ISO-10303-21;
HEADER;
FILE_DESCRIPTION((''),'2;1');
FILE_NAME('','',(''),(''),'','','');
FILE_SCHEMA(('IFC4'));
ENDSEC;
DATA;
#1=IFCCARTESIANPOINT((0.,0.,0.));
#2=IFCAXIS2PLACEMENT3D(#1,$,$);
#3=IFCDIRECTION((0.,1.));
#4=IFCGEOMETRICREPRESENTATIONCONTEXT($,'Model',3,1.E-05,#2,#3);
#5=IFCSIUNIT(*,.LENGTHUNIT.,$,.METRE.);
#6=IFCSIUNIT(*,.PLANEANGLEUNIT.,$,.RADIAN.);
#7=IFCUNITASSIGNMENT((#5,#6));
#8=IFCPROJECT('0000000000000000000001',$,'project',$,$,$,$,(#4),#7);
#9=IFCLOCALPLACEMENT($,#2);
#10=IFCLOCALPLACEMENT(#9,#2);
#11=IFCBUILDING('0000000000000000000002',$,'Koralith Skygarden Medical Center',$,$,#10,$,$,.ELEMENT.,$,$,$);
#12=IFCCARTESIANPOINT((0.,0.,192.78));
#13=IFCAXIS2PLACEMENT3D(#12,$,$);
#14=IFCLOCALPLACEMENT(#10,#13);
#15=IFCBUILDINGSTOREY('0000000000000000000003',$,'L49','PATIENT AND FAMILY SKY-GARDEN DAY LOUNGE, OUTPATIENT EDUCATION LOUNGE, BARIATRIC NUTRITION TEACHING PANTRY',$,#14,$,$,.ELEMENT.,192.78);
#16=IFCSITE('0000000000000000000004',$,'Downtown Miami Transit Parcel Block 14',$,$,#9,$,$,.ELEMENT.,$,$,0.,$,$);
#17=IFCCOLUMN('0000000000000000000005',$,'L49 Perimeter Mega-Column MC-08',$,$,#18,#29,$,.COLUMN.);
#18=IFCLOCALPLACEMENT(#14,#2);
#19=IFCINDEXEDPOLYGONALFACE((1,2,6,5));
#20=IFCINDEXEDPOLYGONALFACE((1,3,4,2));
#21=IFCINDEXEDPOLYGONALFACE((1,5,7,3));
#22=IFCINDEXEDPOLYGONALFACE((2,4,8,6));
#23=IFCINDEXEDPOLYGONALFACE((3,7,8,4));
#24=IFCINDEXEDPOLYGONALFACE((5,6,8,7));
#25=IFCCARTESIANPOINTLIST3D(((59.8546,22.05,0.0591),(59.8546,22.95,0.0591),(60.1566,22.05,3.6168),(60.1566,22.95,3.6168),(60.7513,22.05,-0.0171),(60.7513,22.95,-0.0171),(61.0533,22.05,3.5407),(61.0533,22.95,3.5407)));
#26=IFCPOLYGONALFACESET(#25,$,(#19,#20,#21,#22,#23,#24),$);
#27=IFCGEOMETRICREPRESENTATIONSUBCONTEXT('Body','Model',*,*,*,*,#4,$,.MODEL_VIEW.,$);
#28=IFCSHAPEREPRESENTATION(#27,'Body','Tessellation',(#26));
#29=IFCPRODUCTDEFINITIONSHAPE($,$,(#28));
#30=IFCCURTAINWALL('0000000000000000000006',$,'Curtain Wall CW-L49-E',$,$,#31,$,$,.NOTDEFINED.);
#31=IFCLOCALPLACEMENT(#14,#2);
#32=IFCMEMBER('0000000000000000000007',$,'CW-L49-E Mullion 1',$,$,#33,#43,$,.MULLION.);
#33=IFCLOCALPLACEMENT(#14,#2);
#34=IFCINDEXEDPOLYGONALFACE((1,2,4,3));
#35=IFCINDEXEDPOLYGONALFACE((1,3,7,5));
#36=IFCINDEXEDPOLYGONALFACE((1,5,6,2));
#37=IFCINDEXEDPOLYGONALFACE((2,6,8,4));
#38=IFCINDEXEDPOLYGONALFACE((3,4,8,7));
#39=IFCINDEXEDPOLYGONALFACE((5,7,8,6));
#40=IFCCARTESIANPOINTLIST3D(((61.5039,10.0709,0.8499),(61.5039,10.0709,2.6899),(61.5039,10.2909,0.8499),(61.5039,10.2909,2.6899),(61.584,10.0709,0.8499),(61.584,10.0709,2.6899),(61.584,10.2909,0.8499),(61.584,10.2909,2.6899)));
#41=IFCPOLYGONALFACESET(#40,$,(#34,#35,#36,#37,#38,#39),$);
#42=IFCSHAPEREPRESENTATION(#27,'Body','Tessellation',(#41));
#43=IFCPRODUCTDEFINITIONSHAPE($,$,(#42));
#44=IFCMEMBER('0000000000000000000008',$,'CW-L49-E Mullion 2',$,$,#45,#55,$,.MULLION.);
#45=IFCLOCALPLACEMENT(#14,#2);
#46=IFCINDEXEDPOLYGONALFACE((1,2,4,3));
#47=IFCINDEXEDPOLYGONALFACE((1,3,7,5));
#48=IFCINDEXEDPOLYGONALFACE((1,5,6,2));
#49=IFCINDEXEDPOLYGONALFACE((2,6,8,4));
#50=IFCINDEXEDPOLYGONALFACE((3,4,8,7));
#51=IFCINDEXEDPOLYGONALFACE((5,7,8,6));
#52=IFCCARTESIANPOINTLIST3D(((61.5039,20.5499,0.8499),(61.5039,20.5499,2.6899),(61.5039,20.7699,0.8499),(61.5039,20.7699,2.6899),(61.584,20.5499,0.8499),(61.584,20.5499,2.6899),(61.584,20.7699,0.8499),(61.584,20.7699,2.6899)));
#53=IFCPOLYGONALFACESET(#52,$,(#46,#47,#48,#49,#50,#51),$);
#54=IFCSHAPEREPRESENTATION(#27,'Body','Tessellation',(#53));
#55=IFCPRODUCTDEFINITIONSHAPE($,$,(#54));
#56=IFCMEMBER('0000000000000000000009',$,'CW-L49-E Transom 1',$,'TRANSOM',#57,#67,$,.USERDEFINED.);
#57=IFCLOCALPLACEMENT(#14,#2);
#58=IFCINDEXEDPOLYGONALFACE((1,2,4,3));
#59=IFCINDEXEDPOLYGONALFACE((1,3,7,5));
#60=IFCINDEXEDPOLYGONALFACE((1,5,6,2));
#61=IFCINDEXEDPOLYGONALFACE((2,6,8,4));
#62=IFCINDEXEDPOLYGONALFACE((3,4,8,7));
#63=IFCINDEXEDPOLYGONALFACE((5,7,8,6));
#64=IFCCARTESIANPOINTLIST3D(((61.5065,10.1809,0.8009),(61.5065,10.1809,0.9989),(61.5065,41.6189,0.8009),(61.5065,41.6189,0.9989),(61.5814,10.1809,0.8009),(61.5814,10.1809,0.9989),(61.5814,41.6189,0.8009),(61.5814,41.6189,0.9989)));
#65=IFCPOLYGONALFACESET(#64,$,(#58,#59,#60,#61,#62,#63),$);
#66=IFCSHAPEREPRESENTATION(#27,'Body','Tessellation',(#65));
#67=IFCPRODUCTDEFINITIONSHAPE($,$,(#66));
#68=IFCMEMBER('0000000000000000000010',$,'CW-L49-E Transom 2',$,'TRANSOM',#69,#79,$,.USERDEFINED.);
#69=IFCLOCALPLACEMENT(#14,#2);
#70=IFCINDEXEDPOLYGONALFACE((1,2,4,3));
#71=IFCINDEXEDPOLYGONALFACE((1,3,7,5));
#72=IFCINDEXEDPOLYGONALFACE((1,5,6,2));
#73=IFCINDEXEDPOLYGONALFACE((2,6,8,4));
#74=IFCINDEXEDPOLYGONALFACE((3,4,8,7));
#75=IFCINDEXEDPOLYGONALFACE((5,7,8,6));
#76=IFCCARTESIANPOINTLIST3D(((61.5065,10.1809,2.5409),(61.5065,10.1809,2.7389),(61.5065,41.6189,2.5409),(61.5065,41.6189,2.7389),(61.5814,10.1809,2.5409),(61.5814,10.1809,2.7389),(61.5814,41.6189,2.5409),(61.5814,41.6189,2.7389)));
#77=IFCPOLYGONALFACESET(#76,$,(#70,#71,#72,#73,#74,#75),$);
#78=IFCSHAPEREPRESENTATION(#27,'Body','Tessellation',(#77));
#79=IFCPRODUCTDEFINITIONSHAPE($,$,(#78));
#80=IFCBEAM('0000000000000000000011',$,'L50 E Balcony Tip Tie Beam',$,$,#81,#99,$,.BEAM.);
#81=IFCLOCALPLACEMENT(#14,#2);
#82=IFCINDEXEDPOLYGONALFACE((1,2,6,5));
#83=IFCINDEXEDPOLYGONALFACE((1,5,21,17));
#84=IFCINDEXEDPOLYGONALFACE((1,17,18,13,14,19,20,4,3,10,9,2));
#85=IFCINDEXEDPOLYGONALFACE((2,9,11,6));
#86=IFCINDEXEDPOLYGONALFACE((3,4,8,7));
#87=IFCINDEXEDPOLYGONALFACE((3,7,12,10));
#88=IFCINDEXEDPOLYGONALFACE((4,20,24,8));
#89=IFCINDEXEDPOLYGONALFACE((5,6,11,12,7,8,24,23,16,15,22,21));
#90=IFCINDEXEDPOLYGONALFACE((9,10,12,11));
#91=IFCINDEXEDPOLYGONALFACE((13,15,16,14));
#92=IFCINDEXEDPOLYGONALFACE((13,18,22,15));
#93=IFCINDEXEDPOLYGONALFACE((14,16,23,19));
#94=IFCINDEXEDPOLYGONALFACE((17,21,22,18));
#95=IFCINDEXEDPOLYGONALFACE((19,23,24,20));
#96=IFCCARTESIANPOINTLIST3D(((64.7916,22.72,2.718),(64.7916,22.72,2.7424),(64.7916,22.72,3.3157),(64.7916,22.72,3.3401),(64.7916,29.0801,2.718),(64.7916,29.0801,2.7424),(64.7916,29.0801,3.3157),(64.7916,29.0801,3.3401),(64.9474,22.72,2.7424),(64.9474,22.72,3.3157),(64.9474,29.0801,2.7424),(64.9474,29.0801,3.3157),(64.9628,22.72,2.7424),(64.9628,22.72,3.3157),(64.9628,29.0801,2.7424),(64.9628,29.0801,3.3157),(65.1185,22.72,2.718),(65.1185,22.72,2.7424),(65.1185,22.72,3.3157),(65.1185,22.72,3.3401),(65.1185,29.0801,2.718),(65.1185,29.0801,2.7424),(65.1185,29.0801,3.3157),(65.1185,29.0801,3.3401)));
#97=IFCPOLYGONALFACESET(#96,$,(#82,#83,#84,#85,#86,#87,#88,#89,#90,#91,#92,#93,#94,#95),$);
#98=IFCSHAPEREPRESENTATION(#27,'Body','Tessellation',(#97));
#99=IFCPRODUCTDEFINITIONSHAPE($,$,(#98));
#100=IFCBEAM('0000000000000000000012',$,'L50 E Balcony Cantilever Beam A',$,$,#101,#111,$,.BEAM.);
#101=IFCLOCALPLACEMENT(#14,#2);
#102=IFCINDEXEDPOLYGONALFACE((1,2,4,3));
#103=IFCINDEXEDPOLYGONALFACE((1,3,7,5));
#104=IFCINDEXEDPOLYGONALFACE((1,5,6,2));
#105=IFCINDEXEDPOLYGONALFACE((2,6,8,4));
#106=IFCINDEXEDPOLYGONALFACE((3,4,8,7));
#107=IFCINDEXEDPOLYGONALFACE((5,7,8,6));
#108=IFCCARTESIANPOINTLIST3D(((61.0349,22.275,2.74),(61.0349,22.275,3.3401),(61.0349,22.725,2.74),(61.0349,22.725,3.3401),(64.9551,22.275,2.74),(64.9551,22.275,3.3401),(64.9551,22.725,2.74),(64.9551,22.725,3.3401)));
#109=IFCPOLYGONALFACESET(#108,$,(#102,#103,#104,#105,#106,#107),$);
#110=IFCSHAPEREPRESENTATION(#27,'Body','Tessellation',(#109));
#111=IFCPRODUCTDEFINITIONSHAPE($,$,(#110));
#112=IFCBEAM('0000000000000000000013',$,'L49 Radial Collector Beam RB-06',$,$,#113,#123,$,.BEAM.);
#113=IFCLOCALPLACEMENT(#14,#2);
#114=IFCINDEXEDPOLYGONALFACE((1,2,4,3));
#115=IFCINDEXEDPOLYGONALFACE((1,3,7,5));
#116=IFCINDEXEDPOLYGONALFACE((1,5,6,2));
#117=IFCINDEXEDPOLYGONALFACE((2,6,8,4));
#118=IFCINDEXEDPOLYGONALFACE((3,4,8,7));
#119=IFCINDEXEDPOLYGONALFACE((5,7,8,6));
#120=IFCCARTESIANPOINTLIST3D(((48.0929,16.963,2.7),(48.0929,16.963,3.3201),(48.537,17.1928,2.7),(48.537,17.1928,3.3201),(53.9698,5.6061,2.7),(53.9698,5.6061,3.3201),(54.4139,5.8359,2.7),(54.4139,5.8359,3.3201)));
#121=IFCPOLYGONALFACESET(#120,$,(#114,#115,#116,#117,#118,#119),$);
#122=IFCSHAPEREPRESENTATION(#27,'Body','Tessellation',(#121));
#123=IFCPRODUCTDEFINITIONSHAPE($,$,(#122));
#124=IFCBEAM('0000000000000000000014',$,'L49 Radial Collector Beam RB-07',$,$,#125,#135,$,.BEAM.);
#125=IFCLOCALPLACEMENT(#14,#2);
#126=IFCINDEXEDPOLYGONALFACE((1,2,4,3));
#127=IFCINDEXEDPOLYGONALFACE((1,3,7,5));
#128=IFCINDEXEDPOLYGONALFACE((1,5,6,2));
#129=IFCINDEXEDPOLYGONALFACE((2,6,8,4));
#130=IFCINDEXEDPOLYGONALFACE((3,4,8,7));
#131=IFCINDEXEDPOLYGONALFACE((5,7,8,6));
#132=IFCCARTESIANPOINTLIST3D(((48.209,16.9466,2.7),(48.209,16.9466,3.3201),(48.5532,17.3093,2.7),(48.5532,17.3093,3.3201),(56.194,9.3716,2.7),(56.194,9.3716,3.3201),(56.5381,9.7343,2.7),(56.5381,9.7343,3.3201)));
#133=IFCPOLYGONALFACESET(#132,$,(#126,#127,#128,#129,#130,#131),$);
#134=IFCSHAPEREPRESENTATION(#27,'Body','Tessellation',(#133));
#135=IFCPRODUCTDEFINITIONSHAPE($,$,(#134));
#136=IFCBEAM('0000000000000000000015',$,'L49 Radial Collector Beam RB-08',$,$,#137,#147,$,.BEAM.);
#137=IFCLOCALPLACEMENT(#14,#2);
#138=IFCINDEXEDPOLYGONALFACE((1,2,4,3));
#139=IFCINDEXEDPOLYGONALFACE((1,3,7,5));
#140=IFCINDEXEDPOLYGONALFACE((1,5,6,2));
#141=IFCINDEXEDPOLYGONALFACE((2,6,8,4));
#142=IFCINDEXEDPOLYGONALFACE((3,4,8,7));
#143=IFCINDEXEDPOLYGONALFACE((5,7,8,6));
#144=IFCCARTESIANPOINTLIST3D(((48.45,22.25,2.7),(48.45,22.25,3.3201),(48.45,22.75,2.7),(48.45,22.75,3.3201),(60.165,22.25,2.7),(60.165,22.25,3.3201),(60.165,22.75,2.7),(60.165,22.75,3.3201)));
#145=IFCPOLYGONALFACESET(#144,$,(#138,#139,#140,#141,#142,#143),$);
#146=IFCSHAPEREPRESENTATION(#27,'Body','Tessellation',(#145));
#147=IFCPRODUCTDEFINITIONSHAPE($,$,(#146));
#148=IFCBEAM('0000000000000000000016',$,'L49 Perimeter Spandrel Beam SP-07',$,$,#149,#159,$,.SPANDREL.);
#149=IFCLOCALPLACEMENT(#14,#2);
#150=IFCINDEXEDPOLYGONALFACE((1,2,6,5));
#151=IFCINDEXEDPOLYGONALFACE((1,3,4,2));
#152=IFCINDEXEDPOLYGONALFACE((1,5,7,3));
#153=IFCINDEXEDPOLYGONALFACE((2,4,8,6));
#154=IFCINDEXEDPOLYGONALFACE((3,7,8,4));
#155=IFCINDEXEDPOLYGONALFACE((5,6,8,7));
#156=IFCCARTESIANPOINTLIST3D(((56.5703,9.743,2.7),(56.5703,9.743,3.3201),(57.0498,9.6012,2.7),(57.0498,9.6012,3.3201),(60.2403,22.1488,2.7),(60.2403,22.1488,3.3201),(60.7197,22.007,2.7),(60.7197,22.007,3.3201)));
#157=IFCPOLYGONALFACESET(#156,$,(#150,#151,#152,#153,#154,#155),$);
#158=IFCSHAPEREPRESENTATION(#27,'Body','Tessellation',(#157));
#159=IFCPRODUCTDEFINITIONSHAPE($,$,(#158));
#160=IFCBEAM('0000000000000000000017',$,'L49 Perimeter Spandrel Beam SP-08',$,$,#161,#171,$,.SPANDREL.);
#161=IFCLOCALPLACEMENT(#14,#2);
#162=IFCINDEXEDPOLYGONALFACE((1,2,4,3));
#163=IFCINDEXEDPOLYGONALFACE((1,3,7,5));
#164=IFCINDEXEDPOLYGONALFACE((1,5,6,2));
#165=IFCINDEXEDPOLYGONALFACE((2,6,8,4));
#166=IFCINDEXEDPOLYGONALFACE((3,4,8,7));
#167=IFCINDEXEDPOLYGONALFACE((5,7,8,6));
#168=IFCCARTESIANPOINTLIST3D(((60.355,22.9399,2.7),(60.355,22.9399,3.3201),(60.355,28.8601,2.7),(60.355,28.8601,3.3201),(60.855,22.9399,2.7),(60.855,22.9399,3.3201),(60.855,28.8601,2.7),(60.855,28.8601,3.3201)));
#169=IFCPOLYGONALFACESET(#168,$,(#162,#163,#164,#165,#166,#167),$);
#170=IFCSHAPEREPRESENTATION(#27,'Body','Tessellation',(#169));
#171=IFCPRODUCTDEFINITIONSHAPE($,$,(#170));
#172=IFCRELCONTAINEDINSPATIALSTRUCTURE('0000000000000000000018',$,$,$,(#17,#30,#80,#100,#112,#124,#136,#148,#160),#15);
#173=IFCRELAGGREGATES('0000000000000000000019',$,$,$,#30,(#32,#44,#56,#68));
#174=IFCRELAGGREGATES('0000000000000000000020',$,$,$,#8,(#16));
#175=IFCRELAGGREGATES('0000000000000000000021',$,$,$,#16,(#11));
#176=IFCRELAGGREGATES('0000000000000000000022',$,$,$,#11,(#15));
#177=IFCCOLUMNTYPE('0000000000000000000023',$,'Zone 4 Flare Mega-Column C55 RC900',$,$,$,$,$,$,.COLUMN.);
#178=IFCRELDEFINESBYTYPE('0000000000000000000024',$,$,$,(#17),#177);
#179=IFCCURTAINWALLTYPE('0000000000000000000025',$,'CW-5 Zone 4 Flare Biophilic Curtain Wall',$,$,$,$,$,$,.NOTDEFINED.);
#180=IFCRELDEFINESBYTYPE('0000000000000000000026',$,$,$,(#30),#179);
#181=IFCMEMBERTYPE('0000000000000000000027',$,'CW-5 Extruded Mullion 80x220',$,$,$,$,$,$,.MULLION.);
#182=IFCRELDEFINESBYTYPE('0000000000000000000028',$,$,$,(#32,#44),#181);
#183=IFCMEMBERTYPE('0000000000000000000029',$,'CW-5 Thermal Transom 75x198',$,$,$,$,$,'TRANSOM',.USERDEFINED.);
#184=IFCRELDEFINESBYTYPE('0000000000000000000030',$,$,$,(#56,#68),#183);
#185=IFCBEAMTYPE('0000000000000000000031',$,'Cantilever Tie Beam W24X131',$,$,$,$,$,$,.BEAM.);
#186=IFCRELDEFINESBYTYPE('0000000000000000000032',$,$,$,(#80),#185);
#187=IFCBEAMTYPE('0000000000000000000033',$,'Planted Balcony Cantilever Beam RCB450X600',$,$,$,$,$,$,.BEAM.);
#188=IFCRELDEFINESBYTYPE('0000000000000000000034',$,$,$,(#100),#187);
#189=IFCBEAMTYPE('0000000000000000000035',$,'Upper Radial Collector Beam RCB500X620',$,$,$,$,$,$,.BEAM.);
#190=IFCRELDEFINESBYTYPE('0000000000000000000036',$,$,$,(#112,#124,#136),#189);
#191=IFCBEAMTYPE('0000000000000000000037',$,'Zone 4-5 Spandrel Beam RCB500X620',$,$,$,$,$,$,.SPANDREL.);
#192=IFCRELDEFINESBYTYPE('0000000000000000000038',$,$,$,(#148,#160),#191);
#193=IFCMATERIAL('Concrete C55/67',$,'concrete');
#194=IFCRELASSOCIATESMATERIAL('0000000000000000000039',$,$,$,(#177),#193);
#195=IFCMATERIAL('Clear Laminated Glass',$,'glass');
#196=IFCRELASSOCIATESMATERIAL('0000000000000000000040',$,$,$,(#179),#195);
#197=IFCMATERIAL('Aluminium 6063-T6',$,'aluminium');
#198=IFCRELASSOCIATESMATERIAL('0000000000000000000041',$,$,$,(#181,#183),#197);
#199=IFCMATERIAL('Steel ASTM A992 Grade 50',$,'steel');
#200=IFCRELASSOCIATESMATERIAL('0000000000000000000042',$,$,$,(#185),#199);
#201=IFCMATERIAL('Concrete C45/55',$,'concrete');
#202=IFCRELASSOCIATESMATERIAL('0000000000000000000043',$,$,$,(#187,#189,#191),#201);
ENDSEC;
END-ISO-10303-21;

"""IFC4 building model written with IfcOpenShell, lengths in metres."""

from ifc_helpers import new_model, si_unit, direction, frame, origin, origin_2d, place, context, subcontext, project, spatial, rectangle, i_section, extrude, material, material_profile, profile_set, type_object, element, aggregate, save


model = new_model("IFC4")

# Units and contexts
model_context = context("Model", 3, precision=1e-05, world=origin(), true_north=direction((0.0, 1.0)))
body_context = subcontext(model_context, "Body", "Model", "MODEL_VIEW")
ifc_project = project(units=[si_unit("LENGTHUNIT", "METRE"), si_unit("PLANEANGLEUNIT", "RADIAN")], contexts=[model_context])

# Site, building, storey
site_placement = place(None, origin())
site = spatial("IfcSite", under=ifc_project, at=site_placement, Name="Downtown Miami Transit Parcel Block 14", CompositionType="ELEMENT", RefElevation=0.0)
building_placement = place(site_placement, origin())
building = spatial("IfcBuilding", under=site, at=building_placement, Name="Koralith Skygarden Medical Center", CompositionType="ELEMENT")
storey_placement = place(building_placement, frame((0.0, 0.0, 192.78)))
storey = spatial("IfcBuildingStorey", under=building, at=storey_placement, Name="L49", Description="PATIENT AND FAMILY SKY-GARDEN DAY LOUNGE, OUTPATIENT EDUCATION LOUNGE, BARIATRIC NUTRITION TEACHING PANTRY", CompositionType="ELEMENT", Elevation=192.78)

# Column
ifc_material_1 = material(Name="Concrete C55/67", Category="concrete")
ifc_material_profile_1 = material_profile(ifc_material_1, rectangle(XDim=0.8999, YDim=0.8999, at=origin_2d()), Name="RC900X900")
ifc_profile_set_1 = profile_set([ifc_material_profile_1], Name="Concrete C55/67")
column_type = type_object("IfcColumnType", Name="Zone 4 Flare Mega-Column C55 RC900", PredefinedType="COLUMN", material=ifc_profile_set_1)
column_placement = place(storey_placement, frame((60.303, 22.5, 0.021), z_axis=(0.084579, 0.0, 0.996417), x_axis=(0.0, 1.0, 0.0)))
element("IfcColumn", 1, at=column_placement, inside=storey, type_object=column_type, Name="L49 Perimeter Mega-Column MC-08", PredefinedType="COLUMN", context=body_context, shape_type="SweptSolid", body=[
    extrude(rectangle(XDim=0.8999, YDim=0.8999, at=origin_2d()), origin(), (0.0, 0.0, 1.0), 3.5706),
])

# Curtain wall, members
ifc_material_2 = material(Name="Clear Laminated Glass", Category="glass")
curtain_wall_type = type_object("IfcCurtainWallType", Name="CW-5 Zone 4 Flare Biophilic Curtain Wall", PredefinedType="NOTDEFINED", material=ifc_material_2)
curtain_wall_placement = place(storey_placement, origin())
curtain_wall = element("IfcCurtainWall", 2, at=curtain_wall_placement, inside=storey, type_object=curtain_wall_type, Name="Curtain Wall CW-L49-E", PredefinedType="NOTDEFINED")
ifc_material_3 = material(Name="Aluminium 6063-T6", Category="aluminium")
ifc_material_profile_2 = material_profile(ifc_material_3, rectangle(XDim=0.0801, YDim=0.22, at=origin_2d()), Name="MUL80X220")
ifc_profile_set_2 = profile_set([ifc_material_profile_2], Name="Aluminium 6063-T6")
member_type_1 = type_object("IfcMemberType", Name="CW-5 Extruded Mullion 80x220", PredefinedType="MULLION", material=ifc_profile_set_2)
member_1_placement = place(storey_placement, frame((61.5439, 10.1809, 0.8499), z_axis=(0.0, 0.0, 1.0), x_axis=(1.0, 0.0, 0.0)))
member_1 = element("IfcMember", 3, at=member_1_placement, type_object=member_type_1, Name="CW-L49-E Mullion 1", PredefinedType="MULLION", context=body_context, shape_type="SweptSolid", body=[
    extrude(rectangle(XDim=0.0801, YDim=0.22, at=origin_2d()), origin(), (0.0, 0.0, 1.0), 1.8401),
])
member_2_placement = place(storey_placement, frame((61.5439, 20.6599, 0.8499), z_axis=(0.0, 0.0, 1.0), x_axis=(1.0, 0.0, 0.0)))
member_2 = element("IfcMember", 4, at=member_2_placement, type_object=member_type_1, Name="CW-L49-E Mullion 2", PredefinedType="MULLION", context=body_context, shape_type="SweptSolid", body=[
    extrude(rectangle(XDim=0.0801, YDim=0.22, at=origin_2d()), origin(), (0.0, 0.0, 1.0), 1.8401),
])
ifc_material_profile_3 = material_profile(ifc_material_3, rectangle(XDim=0.075, YDim=0.198, at=origin_2d()), Name="TRN75X198")
ifc_profile_set_3 = profile_set([ifc_material_profile_3], Name="Aluminium 6063-T6")
member_type_2 = type_object("IfcMemberType", Name="CW-5 Thermal Transom 75x198", ElementType="TRANSOM", PredefinedType="USERDEFINED", material=ifc_profile_set_3)
member_3_placement = place(storey_placement, frame((61.5439, 10.1809, 0.8999), z_axis=(0.0, 1.0, 0.0), x_axis=(-1.0, 0.0, 0.0)))
member_3 = element("IfcMember", 5, at=member_3_placement, type_object=member_type_2, Name="CW-L49-E Transom 1", ObjectType="TRANSOM", PredefinedType="USERDEFINED", context=body_context, shape_type="SweptSolid", body=[
    extrude(rectangle(XDim=0.075, YDim=0.198, at=origin_2d()), origin(), (0.0, 0.0, 1.0), 31.438),
])
member_4_placement = place(storey_placement, frame((61.5439, 10.1809, 2.6399), z_axis=(0.0, 1.0, 0.0), x_axis=(-1.0, 0.0, 0.0)))
member_4 = element("IfcMember", 6, at=member_4_placement, type_object=member_type_2, Name="CW-L49-E Transom 2", ObjectType="TRANSOM", PredefinedType="USERDEFINED", context=body_context, shape_type="SweptSolid", body=[
    extrude(rectangle(XDim=0.075, YDim=0.198, at=origin_2d()), origin(), (0.0, 0.0, 1.0), 31.438),
])

# Beams
ifc_material_4 = material(Name="Steel ASTM A992 Grade 50", Category="steel")
ifc_material_profile_4 = material_profile(ifc_material_4, i_section(OverallWidth=0.3269, OverallDepth=0.6221, WebThickness=0.0154, FlangeThickness=0.0244, at=origin_2d()), Name="W24X131")
ifc_profile_set_4 = profile_set([ifc_material_profile_4], Name="Steel ASTM A992 Grade 50")
beam_type_1 = type_object("IfcBeamType", Name="Cantilever Tie Beam W24X131", PredefinedType="BEAM", material=ifc_profile_set_4)
beam_1_placement = place(storey_placement, frame((64.9551, 22.72, 3.0291), z_axis=(0.0, 1.0, 0.0), x_axis=(-1.0, 0.0, 0.0)))
element("IfcBeam", 7, at=beam_1_placement, inside=storey, type_object=beam_type_1, Name="L50 E Balcony Tip Tie Beam", PredefinedType="BEAM", context=body_context, shape_type="SweptSolid", body=[
    extrude(i_section(OverallWidth=0.3269, OverallDepth=0.6221, WebThickness=0.0154, FlangeThickness=0.0244, at=origin_2d()), origin(), (0.0, 0.0, 1.0), 6.3601),
])
ifc_material_5 = material(Name="Concrete C45/55", Category="concrete")
ifc_material_profile_5 = material_profile(ifc_material_5, rectangle(XDim=0.45, YDim=0.6001, at=origin_2d()), Name="RCB450X600")
ifc_profile_set_5 = profile_set([ifc_material_profile_5], Name="Concrete C45/55")
beam_type_2 = type_object("IfcBeamType", Name="Planted Balcony Cantilever Beam RCB450X600", PredefinedType="BEAM", material=ifc_profile_set_5)
beam_2_placement = place(storey_placement, frame((61.0349, 22.5, 3.04), z_axis=(1.0, 0.0, 0.0), x_axis=(0.0, 1.0, 0.0)))
element("IfcBeam", 8, at=beam_2_placement, inside=storey, type_object=beam_type_2, Name="L50 E Balcony Cantilever Beam A", PredefinedType="BEAM", context=body_context, shape_type="SweptSolid", body=[
    extrude(rectangle(XDim=0.45, YDim=0.6001, at=origin_2d()), origin(), (0.0, 0.0, 1.0), 3.9202),
])
ifc_material_profile_6 = material_profile(ifc_material_5, rectangle(XDim=0.5, YDim=0.6201, at=origin_2d()), Name="RCB500X620")
ifc_profile_set_6 = profile_set([ifc_material_profile_6], Name="Concrete C45/55")
beam_type_3 = type_object("IfcBeamType", Name="Upper Radial Collector Beam RCB500X620", PredefinedType="BEAM", material=ifc_profile_set_6)
beam_3_placement = place(storey_placement, frame((48.3149, 17.0779, 3.01), z_axis=(0.459588, -0.888132, 0.0), x_axis=(0.888132, 0.459588, 0.0)))
element("IfcBeam", 9, at=beam_3_placement, inside=storey, type_object=beam_type_3, Name="L49 Radial Collector Beam RB-06", PredefinedType="BEAM", context=body_context, shape_type="SweptSolid", body=[
    extrude(rectangle(XDim=0.5, YDim=0.6201, at=origin_2d()), origin(), (0.0, 0.0, 1.0), 12.7874),
])
beam_4_placement = place(storey_placement, frame((48.3811, 17.1279, 3.01), z_axis=(0.725483, -0.68824, 0.0), x_axis=(0.68824, 0.725483, 0.0)))
element("IfcBeam", 10, at=beam_4_placement, inside=storey, type_object=beam_type_3, Name="L49 Radial Collector Beam RB-07", PredefinedType="BEAM", context=body_context, shape_type="SweptSolid", body=[
    extrude(rectangle(XDim=0.5, YDim=0.6201, at=origin_2d()), origin(), (0.0, 0.0, 1.0), 11.0063),
])
beam_5_placement = place(storey_placement, frame((48.45, 22.5, 3.01), z_axis=(1.0, 0.0, 0.0), x_axis=(0.0, 1.0, 0.0)))
element("IfcBeam", 11, at=beam_5_placement, inside=storey, type_object=beam_type_3, Name="L49 Radial Collector Beam RB-08", PredefinedType="BEAM", context=body_context, shape_type="SweptSolid", body=[
    extrude(rectangle(XDim=0.5, YDim=0.6201, at=origin_2d()), origin(), (0.0, 0.0, 1.0), 11.7151),
])
ifc_material_profile_7 = material_profile(ifc_material_5, rectangle(XDim=0.5, YDim=0.6201, at=origin_2d()), Name="RCB500X620")
ifc_profile_set_7 = profile_set([ifc_material_profile_7], Name="Concrete C45/55")
beam_type_4 = type_object("IfcBeamType", Name="Zone 4-5 Spandrel Beam RCB500X620", PredefinedType="SPANDREL", material=ifc_profile_set_7)
beam_6_placement = place(storey_placement, frame((56.8101, 9.6721, 3.01), z_axis=(0.283672, 0.958921, 0.0), x_axis=(-0.958921, 0.283672, 0.0)))
element("IfcBeam", 12, at=beam_6_placement, inside=storey, type_object=beam_type_4, Name="L49 Perimeter Spandrel Beam SP-07", PredefinedType="SPANDREL", context=body_context, shape_type="SweptSolid", body=[
    extrude(rectangle(XDim=0.5, YDim=0.6201, at=origin_2d()), origin(), (0.0, 0.0, 1.0), 12.9373),
])
beam_7_placement = place(storey_placement, frame((60.605, 22.9399, 3.01), z_axis=(0.0, 1.0, 0.0), x_axis=(-1.0, 0.0, 0.0)))
element("IfcBeam", 13, at=beam_7_placement, inside=storey, type_object=beam_type_4, Name="L49 Perimeter Spandrel Beam SP-08", PredefinedType="SPANDREL", context=body_context, shape_type="SweptSolid", body=[
    extrude(rectangle(XDim=0.5, YDim=0.6201, at=origin_2d()), origin(), (0.0, 0.0, 1.0), 5.9202),
])

aggregate(curtain_wall, [member_1, member_2, member_3, member_4])

save(model, "model.ifc")
